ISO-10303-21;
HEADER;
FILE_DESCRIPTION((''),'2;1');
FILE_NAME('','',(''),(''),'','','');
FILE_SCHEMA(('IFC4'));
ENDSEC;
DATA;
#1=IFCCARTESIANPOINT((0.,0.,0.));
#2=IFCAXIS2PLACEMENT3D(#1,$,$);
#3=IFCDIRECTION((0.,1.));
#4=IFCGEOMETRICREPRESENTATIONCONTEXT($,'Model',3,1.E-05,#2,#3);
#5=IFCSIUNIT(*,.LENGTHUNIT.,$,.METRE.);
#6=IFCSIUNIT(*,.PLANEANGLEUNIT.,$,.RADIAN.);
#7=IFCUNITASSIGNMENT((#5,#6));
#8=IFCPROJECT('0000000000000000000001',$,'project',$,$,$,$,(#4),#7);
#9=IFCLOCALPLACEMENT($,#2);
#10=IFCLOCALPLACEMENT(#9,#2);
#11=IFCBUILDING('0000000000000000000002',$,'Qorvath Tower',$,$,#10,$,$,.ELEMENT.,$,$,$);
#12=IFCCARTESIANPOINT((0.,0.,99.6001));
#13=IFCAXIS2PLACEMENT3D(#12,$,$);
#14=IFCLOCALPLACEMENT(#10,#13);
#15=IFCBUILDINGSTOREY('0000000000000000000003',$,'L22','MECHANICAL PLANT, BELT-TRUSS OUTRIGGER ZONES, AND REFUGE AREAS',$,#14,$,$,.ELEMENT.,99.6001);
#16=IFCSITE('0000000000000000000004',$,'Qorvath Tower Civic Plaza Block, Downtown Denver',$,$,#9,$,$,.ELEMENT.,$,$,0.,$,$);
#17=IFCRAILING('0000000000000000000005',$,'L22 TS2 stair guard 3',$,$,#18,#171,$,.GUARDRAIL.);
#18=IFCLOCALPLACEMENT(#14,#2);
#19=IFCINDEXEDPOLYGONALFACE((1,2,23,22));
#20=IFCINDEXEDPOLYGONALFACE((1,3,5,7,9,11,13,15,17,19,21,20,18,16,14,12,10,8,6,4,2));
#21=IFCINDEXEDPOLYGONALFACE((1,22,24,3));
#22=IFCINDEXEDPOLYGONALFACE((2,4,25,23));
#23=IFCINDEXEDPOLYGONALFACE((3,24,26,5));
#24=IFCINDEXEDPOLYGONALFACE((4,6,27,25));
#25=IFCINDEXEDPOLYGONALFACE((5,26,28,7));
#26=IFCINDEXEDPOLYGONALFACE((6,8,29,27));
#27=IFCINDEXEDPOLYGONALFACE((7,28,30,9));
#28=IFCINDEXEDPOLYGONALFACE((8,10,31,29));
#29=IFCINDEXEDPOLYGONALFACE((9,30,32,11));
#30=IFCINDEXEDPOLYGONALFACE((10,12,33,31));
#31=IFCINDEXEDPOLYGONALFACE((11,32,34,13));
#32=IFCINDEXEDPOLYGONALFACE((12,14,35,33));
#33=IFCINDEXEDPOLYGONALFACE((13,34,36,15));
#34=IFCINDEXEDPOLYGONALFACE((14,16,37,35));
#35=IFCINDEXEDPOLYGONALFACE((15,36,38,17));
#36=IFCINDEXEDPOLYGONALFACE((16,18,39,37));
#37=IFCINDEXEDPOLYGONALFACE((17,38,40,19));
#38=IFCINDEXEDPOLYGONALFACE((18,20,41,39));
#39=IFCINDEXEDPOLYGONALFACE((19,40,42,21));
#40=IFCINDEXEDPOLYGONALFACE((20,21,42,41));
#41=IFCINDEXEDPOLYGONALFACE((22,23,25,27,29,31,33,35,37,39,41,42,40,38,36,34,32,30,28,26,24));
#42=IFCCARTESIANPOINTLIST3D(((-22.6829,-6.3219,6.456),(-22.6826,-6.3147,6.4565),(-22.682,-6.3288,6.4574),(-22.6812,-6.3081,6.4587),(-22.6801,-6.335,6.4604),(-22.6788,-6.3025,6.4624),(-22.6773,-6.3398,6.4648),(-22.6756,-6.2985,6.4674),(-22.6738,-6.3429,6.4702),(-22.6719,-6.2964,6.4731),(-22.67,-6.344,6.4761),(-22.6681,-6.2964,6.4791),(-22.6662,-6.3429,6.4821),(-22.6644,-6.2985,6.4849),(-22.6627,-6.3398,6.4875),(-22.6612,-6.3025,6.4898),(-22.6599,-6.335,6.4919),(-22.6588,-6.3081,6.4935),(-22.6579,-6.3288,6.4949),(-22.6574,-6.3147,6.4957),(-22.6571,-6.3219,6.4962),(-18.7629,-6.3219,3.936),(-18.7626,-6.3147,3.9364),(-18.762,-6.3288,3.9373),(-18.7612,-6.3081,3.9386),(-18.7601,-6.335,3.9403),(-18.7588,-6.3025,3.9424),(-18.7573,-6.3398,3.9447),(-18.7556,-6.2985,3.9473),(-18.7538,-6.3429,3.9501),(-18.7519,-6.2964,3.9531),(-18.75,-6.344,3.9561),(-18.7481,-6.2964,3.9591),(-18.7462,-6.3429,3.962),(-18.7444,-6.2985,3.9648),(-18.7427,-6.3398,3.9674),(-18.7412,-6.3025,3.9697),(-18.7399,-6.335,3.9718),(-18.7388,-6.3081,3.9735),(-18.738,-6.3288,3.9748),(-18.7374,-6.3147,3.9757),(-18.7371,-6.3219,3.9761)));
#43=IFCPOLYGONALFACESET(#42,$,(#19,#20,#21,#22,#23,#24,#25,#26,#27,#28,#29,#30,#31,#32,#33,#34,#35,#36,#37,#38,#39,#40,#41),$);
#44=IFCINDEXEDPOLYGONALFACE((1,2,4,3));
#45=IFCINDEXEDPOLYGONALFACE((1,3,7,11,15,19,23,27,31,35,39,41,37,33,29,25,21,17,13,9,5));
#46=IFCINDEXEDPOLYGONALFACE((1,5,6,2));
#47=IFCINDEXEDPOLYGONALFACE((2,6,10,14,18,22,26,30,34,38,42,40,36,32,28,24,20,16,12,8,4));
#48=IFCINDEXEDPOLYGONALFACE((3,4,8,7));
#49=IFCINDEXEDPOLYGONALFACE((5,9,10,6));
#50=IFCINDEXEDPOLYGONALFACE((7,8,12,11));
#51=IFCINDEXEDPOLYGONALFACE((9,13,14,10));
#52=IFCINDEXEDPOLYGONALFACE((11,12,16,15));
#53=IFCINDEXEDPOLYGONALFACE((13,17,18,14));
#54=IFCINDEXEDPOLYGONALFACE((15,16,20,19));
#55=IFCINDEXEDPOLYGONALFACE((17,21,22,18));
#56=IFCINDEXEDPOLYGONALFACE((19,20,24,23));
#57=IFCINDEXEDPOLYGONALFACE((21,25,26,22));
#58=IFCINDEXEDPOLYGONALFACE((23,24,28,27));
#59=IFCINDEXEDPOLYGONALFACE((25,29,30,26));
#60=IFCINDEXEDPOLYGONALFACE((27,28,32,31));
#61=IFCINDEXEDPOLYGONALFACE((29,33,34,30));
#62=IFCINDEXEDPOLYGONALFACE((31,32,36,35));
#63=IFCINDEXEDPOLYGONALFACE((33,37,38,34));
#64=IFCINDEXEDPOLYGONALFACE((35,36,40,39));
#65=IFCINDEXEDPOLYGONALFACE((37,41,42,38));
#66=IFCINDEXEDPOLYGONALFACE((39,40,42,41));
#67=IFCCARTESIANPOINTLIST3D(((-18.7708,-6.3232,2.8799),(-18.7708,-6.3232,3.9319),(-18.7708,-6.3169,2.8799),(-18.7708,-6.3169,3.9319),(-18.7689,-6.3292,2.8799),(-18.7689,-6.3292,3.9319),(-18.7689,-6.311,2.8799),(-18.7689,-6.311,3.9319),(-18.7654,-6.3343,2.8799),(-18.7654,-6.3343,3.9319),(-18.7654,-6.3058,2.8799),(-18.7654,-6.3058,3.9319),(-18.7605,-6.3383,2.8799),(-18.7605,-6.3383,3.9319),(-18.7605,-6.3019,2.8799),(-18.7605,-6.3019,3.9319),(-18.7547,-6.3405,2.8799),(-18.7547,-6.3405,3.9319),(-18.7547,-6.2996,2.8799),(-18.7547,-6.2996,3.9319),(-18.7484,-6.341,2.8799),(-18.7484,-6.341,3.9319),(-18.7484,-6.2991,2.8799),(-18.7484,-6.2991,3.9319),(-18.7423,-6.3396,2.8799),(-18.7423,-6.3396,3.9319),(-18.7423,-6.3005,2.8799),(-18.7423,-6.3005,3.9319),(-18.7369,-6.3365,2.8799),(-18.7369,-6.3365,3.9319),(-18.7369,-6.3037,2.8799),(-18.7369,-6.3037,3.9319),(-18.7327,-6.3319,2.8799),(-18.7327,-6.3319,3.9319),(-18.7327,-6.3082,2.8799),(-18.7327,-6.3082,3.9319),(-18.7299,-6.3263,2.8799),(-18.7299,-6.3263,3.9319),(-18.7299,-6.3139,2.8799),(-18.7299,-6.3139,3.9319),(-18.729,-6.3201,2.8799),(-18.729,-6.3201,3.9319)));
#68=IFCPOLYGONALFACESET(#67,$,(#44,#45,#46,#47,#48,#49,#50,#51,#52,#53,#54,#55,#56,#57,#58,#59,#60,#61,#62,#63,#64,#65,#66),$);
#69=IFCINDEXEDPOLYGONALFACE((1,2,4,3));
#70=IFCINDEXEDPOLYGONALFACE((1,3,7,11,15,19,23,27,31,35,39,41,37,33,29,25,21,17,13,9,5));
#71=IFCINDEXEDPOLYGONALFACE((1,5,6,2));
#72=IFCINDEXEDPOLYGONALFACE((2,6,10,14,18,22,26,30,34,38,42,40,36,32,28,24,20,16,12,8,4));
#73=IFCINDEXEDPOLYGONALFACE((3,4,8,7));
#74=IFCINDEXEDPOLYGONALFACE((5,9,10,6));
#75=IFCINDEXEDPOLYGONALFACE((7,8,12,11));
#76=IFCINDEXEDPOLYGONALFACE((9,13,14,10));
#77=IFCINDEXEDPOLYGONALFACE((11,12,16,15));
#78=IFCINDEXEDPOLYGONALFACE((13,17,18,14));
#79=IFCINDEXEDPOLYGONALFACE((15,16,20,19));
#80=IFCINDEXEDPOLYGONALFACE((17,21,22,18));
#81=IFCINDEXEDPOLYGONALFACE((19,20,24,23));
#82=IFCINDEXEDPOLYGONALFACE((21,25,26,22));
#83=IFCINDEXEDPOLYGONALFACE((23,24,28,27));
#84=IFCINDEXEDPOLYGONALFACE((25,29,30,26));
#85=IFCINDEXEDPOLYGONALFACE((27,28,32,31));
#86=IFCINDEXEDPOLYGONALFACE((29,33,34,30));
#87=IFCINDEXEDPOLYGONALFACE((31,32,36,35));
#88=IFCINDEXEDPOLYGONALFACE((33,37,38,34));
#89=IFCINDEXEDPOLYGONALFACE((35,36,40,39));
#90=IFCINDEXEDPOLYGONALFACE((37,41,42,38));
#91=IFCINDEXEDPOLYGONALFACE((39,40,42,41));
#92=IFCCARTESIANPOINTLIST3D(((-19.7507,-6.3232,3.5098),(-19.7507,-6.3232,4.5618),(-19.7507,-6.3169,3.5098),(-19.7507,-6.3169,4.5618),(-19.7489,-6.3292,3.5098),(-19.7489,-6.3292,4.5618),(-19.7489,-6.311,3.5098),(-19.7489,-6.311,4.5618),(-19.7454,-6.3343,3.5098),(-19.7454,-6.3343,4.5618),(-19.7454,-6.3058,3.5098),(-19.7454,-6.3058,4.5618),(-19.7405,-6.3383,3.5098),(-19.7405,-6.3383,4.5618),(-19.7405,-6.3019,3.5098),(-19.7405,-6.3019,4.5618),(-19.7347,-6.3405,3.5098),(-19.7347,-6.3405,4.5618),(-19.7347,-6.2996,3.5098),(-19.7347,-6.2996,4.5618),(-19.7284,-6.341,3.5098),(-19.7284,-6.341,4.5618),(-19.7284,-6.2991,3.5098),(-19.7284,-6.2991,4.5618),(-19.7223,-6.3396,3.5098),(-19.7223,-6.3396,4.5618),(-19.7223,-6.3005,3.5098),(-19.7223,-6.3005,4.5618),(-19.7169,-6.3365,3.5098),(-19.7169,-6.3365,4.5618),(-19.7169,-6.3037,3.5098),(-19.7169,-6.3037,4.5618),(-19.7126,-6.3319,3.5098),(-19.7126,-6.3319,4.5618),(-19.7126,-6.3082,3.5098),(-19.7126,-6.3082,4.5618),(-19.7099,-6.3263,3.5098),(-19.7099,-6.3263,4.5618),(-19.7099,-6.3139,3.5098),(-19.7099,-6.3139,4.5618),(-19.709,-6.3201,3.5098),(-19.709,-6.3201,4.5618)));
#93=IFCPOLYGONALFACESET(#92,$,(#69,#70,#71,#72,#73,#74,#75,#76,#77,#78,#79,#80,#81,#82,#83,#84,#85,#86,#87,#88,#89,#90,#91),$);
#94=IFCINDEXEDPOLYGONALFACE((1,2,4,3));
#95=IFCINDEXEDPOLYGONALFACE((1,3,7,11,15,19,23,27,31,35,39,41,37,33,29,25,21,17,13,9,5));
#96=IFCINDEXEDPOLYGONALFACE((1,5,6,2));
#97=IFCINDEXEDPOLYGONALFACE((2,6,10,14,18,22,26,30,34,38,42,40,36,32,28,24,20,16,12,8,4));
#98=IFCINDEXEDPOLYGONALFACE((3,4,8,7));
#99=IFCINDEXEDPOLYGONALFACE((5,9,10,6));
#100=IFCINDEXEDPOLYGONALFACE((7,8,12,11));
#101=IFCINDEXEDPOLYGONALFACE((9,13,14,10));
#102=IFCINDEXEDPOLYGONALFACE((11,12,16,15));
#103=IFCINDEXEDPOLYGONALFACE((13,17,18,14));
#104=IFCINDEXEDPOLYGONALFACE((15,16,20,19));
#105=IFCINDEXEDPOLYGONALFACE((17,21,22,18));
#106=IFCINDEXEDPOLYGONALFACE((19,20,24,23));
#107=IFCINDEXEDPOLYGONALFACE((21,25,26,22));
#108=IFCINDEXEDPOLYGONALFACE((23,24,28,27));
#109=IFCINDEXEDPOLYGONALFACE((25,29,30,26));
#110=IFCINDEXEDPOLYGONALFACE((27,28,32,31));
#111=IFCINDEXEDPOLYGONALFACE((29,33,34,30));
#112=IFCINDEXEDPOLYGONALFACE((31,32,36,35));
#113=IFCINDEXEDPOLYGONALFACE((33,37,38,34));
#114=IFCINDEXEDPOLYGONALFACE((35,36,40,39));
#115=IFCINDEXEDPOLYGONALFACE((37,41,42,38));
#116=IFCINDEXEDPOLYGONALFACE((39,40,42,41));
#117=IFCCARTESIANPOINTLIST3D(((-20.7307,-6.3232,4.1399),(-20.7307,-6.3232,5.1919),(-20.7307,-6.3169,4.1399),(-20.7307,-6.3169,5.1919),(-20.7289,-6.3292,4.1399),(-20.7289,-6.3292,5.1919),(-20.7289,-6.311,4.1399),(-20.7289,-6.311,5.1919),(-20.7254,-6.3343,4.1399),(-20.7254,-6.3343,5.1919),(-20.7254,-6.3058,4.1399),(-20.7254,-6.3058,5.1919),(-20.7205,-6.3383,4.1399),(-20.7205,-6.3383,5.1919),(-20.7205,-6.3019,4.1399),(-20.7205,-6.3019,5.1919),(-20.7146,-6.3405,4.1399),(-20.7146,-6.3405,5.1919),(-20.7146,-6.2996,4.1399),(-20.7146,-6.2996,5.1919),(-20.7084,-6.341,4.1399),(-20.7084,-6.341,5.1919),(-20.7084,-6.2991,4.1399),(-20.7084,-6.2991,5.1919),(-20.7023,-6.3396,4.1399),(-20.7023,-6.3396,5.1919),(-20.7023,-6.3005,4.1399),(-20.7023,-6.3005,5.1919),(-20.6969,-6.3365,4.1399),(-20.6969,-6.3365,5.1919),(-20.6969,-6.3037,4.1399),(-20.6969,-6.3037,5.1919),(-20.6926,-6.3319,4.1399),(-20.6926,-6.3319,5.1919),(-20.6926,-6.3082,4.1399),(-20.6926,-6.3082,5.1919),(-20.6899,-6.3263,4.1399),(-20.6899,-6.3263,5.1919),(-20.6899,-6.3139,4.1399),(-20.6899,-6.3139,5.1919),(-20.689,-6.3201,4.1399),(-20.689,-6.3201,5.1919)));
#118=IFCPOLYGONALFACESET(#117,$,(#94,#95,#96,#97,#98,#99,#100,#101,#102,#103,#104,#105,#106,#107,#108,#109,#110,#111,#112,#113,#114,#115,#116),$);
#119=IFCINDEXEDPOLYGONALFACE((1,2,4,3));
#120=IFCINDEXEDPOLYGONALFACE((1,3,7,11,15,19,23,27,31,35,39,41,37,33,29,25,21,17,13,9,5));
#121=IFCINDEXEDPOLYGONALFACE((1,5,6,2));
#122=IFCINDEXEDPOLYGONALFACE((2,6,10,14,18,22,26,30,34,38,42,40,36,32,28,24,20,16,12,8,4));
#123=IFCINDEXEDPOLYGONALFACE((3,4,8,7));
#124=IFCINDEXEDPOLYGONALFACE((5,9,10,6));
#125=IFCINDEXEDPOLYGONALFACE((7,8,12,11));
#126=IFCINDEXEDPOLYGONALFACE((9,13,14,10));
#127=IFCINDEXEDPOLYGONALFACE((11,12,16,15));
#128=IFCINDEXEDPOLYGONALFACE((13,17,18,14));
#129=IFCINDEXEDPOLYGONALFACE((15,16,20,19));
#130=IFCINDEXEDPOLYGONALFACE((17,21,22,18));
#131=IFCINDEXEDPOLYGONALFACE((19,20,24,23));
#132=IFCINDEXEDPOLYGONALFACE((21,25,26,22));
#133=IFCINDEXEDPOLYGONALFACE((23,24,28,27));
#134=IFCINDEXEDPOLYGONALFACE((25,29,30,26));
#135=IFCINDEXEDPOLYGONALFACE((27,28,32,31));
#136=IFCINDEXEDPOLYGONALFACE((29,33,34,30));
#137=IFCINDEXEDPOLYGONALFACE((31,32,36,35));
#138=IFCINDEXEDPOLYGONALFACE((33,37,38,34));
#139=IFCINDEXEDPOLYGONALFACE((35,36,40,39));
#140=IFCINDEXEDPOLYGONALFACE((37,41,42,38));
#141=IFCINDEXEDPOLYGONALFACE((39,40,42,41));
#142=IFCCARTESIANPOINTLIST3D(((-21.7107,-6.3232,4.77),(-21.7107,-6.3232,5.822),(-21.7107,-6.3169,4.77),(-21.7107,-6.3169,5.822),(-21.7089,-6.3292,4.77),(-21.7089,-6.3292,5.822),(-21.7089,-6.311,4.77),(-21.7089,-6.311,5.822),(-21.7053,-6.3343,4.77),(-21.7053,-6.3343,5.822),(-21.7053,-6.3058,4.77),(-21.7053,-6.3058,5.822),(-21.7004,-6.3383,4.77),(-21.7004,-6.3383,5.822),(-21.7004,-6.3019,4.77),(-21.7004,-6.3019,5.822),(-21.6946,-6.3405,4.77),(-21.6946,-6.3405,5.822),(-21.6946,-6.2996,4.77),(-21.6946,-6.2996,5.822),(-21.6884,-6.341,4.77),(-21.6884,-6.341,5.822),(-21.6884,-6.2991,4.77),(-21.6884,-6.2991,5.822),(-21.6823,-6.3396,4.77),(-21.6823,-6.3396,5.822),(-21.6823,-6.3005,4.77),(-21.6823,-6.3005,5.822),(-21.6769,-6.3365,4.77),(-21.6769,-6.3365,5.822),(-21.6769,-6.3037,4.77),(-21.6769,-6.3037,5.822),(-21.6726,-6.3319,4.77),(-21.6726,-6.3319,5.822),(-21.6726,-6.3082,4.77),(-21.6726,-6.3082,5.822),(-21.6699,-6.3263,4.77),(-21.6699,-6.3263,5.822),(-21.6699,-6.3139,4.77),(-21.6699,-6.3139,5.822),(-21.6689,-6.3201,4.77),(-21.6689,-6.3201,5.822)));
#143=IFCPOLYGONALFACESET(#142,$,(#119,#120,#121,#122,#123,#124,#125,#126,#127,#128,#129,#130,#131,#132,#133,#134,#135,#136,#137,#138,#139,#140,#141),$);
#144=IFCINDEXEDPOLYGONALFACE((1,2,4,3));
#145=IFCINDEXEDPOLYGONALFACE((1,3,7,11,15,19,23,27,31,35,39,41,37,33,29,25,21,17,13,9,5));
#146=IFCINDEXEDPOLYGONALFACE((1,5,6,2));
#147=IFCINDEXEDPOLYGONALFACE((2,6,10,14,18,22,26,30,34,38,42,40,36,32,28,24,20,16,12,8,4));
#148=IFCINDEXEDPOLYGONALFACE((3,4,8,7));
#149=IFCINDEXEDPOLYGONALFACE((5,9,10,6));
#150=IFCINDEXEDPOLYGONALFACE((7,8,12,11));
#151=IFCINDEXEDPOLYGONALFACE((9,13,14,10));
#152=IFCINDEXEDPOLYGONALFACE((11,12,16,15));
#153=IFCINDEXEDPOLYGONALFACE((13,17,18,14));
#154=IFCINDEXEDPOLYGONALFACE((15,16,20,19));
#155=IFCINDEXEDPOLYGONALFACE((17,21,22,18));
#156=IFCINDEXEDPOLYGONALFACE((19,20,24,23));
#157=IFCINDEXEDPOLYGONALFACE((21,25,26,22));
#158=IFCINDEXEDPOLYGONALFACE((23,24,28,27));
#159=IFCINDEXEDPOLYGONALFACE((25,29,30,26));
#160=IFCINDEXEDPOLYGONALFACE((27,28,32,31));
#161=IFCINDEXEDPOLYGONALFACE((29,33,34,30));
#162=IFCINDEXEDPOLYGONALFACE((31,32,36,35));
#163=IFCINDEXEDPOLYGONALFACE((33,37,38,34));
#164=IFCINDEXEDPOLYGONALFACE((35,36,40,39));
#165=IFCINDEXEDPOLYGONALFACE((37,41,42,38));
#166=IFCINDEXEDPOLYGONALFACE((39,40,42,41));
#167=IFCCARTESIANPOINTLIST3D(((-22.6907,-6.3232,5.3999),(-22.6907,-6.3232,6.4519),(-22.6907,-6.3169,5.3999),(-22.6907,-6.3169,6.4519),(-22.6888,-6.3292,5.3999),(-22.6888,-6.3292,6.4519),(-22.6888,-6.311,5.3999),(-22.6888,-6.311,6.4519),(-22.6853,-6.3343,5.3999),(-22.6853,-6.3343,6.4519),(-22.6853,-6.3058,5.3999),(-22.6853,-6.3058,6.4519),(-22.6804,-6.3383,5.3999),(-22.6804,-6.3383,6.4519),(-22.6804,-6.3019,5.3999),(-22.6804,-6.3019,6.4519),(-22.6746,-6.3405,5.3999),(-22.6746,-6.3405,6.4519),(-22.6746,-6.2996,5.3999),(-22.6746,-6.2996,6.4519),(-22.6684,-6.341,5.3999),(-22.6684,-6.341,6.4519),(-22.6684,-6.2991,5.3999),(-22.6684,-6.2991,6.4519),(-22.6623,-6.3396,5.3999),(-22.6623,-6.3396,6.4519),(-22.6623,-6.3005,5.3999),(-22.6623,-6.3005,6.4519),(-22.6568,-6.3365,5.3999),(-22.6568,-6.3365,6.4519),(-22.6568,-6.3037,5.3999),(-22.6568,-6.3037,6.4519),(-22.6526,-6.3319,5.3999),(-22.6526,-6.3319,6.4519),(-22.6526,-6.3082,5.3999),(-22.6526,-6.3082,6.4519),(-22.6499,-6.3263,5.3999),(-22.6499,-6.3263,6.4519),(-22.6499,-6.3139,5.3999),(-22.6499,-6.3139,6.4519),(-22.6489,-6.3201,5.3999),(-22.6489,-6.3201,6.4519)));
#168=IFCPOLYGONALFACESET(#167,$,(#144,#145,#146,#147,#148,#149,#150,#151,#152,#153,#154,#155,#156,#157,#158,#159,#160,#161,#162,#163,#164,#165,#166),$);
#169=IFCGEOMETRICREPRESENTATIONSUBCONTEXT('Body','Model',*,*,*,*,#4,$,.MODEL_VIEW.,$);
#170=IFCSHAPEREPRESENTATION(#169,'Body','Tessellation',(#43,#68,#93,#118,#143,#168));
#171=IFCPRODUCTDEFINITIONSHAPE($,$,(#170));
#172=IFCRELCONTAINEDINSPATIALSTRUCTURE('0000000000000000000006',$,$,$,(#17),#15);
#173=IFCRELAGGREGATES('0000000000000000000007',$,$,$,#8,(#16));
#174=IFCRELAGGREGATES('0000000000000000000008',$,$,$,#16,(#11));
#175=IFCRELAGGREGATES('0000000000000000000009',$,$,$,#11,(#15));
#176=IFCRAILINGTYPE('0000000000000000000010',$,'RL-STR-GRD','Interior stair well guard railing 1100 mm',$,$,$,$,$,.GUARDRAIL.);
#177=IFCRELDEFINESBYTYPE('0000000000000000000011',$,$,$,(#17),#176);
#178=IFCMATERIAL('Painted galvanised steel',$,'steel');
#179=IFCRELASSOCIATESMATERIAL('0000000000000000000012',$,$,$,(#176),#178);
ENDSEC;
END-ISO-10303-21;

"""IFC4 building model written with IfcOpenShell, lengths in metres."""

from ifc_helpers import new_model, si_unit, direction, frame, origin, origin_2d, place, context, subcontext, project, spatial, circle, extrude, material, type_object, element, save


model = new_model("IFC4")

# Units and contexts
model_context = context("Model", 3, precision=1e-05, world=origin(), true_north=direction((0.0, 1.0)))
body_context = subcontext(model_context, "Body", "Model", "MODEL_VIEW")
ifc_project = project(units=[si_unit("LENGTHUNIT", "METRE"), si_unit("PLANEANGLEUNIT", "RADIAN")], contexts=[model_context])

# Site, building, storey
site_placement = place(None, origin())
site = spatial("IfcSite", under=ifc_project, at=site_placement, Name="Qorvath Tower Civic Plaza Block, Downtown Denver", CompositionType="ELEMENT", RefElevation=0.0)
building_placement = place(site_placement, origin())
building = spatial("IfcBuilding", under=site, at=building_placement, Name="Qorvath Tower", CompositionType="ELEMENT")
storey_placement = place(building_placement, frame((0.0, 0.0, 99.6001)))
storey = spatial("IfcBuildingStorey", under=building, at=storey_placement, Name="L22", Description="MECHANICAL PLANT, BELT-TRUSS OUTRIGGER ZONES, AND REFUGE AREAS", CompositionType="ELEMENT", Elevation=99.6001)

# Railing
ifc_material_1 = material(Name="Painted galvanised steel", Category="steel")
railing_type_1 = type_object("IfcRailingType", Name="RL-STR-GRD", Description="Interior stair well guard railing 1100 mm", PredefinedType="GUARDRAIL", material=ifc_material_1)
railing_1_placement = place(storey_placement, frame((-18.75, -6.3201, 2.8799)))
element("IfcRailing", 1, at=railing_1_placement, inside=storey, type_object=railing_type_1, Name="L22 TS2 stair guard 3", PredefinedType="GUARDRAIL", context=body_context, shape_type="SweptSolid", body=[
    extrude(circle(Radius=0.0239, at=origin_2d()), frame((0.0, 0.0, 1.0762), z_axis=(-0.841172, 0.0, 0.540768), x_axis=(0.0, -1.0, 0.0)), (0.0, 0.0, 1.0), 4.6602),
    extrude(circle(Radius=0.021, at=origin_2d()), origin(), (0.0, 0.0, 1.0), 1.052),
    extrude(circle(Radius=0.021, at=origin_2d()), frame((-0.98, 0.0, 0.6299)), (0.0, 0.0, 1.0), 1.052),
    extrude(circle(Radius=0.021, at=origin_2d()), frame((-1.96, 0.0, 1.26)), (0.0, 0.0, 1.0), 1.052),
    extrude(circle(Radius=0.021, at=origin_2d()), frame((-2.9399, 0.0, 1.8901)), (0.0, 0.0, 1.0), 1.052),
    extrude(circle(Radius=0.021, at=origin_2d()), frame((-3.9199, 0.0, 2.52)), (0.0, 0.0, 1.0), 1.052),
])

save(model, "model.ifc")
